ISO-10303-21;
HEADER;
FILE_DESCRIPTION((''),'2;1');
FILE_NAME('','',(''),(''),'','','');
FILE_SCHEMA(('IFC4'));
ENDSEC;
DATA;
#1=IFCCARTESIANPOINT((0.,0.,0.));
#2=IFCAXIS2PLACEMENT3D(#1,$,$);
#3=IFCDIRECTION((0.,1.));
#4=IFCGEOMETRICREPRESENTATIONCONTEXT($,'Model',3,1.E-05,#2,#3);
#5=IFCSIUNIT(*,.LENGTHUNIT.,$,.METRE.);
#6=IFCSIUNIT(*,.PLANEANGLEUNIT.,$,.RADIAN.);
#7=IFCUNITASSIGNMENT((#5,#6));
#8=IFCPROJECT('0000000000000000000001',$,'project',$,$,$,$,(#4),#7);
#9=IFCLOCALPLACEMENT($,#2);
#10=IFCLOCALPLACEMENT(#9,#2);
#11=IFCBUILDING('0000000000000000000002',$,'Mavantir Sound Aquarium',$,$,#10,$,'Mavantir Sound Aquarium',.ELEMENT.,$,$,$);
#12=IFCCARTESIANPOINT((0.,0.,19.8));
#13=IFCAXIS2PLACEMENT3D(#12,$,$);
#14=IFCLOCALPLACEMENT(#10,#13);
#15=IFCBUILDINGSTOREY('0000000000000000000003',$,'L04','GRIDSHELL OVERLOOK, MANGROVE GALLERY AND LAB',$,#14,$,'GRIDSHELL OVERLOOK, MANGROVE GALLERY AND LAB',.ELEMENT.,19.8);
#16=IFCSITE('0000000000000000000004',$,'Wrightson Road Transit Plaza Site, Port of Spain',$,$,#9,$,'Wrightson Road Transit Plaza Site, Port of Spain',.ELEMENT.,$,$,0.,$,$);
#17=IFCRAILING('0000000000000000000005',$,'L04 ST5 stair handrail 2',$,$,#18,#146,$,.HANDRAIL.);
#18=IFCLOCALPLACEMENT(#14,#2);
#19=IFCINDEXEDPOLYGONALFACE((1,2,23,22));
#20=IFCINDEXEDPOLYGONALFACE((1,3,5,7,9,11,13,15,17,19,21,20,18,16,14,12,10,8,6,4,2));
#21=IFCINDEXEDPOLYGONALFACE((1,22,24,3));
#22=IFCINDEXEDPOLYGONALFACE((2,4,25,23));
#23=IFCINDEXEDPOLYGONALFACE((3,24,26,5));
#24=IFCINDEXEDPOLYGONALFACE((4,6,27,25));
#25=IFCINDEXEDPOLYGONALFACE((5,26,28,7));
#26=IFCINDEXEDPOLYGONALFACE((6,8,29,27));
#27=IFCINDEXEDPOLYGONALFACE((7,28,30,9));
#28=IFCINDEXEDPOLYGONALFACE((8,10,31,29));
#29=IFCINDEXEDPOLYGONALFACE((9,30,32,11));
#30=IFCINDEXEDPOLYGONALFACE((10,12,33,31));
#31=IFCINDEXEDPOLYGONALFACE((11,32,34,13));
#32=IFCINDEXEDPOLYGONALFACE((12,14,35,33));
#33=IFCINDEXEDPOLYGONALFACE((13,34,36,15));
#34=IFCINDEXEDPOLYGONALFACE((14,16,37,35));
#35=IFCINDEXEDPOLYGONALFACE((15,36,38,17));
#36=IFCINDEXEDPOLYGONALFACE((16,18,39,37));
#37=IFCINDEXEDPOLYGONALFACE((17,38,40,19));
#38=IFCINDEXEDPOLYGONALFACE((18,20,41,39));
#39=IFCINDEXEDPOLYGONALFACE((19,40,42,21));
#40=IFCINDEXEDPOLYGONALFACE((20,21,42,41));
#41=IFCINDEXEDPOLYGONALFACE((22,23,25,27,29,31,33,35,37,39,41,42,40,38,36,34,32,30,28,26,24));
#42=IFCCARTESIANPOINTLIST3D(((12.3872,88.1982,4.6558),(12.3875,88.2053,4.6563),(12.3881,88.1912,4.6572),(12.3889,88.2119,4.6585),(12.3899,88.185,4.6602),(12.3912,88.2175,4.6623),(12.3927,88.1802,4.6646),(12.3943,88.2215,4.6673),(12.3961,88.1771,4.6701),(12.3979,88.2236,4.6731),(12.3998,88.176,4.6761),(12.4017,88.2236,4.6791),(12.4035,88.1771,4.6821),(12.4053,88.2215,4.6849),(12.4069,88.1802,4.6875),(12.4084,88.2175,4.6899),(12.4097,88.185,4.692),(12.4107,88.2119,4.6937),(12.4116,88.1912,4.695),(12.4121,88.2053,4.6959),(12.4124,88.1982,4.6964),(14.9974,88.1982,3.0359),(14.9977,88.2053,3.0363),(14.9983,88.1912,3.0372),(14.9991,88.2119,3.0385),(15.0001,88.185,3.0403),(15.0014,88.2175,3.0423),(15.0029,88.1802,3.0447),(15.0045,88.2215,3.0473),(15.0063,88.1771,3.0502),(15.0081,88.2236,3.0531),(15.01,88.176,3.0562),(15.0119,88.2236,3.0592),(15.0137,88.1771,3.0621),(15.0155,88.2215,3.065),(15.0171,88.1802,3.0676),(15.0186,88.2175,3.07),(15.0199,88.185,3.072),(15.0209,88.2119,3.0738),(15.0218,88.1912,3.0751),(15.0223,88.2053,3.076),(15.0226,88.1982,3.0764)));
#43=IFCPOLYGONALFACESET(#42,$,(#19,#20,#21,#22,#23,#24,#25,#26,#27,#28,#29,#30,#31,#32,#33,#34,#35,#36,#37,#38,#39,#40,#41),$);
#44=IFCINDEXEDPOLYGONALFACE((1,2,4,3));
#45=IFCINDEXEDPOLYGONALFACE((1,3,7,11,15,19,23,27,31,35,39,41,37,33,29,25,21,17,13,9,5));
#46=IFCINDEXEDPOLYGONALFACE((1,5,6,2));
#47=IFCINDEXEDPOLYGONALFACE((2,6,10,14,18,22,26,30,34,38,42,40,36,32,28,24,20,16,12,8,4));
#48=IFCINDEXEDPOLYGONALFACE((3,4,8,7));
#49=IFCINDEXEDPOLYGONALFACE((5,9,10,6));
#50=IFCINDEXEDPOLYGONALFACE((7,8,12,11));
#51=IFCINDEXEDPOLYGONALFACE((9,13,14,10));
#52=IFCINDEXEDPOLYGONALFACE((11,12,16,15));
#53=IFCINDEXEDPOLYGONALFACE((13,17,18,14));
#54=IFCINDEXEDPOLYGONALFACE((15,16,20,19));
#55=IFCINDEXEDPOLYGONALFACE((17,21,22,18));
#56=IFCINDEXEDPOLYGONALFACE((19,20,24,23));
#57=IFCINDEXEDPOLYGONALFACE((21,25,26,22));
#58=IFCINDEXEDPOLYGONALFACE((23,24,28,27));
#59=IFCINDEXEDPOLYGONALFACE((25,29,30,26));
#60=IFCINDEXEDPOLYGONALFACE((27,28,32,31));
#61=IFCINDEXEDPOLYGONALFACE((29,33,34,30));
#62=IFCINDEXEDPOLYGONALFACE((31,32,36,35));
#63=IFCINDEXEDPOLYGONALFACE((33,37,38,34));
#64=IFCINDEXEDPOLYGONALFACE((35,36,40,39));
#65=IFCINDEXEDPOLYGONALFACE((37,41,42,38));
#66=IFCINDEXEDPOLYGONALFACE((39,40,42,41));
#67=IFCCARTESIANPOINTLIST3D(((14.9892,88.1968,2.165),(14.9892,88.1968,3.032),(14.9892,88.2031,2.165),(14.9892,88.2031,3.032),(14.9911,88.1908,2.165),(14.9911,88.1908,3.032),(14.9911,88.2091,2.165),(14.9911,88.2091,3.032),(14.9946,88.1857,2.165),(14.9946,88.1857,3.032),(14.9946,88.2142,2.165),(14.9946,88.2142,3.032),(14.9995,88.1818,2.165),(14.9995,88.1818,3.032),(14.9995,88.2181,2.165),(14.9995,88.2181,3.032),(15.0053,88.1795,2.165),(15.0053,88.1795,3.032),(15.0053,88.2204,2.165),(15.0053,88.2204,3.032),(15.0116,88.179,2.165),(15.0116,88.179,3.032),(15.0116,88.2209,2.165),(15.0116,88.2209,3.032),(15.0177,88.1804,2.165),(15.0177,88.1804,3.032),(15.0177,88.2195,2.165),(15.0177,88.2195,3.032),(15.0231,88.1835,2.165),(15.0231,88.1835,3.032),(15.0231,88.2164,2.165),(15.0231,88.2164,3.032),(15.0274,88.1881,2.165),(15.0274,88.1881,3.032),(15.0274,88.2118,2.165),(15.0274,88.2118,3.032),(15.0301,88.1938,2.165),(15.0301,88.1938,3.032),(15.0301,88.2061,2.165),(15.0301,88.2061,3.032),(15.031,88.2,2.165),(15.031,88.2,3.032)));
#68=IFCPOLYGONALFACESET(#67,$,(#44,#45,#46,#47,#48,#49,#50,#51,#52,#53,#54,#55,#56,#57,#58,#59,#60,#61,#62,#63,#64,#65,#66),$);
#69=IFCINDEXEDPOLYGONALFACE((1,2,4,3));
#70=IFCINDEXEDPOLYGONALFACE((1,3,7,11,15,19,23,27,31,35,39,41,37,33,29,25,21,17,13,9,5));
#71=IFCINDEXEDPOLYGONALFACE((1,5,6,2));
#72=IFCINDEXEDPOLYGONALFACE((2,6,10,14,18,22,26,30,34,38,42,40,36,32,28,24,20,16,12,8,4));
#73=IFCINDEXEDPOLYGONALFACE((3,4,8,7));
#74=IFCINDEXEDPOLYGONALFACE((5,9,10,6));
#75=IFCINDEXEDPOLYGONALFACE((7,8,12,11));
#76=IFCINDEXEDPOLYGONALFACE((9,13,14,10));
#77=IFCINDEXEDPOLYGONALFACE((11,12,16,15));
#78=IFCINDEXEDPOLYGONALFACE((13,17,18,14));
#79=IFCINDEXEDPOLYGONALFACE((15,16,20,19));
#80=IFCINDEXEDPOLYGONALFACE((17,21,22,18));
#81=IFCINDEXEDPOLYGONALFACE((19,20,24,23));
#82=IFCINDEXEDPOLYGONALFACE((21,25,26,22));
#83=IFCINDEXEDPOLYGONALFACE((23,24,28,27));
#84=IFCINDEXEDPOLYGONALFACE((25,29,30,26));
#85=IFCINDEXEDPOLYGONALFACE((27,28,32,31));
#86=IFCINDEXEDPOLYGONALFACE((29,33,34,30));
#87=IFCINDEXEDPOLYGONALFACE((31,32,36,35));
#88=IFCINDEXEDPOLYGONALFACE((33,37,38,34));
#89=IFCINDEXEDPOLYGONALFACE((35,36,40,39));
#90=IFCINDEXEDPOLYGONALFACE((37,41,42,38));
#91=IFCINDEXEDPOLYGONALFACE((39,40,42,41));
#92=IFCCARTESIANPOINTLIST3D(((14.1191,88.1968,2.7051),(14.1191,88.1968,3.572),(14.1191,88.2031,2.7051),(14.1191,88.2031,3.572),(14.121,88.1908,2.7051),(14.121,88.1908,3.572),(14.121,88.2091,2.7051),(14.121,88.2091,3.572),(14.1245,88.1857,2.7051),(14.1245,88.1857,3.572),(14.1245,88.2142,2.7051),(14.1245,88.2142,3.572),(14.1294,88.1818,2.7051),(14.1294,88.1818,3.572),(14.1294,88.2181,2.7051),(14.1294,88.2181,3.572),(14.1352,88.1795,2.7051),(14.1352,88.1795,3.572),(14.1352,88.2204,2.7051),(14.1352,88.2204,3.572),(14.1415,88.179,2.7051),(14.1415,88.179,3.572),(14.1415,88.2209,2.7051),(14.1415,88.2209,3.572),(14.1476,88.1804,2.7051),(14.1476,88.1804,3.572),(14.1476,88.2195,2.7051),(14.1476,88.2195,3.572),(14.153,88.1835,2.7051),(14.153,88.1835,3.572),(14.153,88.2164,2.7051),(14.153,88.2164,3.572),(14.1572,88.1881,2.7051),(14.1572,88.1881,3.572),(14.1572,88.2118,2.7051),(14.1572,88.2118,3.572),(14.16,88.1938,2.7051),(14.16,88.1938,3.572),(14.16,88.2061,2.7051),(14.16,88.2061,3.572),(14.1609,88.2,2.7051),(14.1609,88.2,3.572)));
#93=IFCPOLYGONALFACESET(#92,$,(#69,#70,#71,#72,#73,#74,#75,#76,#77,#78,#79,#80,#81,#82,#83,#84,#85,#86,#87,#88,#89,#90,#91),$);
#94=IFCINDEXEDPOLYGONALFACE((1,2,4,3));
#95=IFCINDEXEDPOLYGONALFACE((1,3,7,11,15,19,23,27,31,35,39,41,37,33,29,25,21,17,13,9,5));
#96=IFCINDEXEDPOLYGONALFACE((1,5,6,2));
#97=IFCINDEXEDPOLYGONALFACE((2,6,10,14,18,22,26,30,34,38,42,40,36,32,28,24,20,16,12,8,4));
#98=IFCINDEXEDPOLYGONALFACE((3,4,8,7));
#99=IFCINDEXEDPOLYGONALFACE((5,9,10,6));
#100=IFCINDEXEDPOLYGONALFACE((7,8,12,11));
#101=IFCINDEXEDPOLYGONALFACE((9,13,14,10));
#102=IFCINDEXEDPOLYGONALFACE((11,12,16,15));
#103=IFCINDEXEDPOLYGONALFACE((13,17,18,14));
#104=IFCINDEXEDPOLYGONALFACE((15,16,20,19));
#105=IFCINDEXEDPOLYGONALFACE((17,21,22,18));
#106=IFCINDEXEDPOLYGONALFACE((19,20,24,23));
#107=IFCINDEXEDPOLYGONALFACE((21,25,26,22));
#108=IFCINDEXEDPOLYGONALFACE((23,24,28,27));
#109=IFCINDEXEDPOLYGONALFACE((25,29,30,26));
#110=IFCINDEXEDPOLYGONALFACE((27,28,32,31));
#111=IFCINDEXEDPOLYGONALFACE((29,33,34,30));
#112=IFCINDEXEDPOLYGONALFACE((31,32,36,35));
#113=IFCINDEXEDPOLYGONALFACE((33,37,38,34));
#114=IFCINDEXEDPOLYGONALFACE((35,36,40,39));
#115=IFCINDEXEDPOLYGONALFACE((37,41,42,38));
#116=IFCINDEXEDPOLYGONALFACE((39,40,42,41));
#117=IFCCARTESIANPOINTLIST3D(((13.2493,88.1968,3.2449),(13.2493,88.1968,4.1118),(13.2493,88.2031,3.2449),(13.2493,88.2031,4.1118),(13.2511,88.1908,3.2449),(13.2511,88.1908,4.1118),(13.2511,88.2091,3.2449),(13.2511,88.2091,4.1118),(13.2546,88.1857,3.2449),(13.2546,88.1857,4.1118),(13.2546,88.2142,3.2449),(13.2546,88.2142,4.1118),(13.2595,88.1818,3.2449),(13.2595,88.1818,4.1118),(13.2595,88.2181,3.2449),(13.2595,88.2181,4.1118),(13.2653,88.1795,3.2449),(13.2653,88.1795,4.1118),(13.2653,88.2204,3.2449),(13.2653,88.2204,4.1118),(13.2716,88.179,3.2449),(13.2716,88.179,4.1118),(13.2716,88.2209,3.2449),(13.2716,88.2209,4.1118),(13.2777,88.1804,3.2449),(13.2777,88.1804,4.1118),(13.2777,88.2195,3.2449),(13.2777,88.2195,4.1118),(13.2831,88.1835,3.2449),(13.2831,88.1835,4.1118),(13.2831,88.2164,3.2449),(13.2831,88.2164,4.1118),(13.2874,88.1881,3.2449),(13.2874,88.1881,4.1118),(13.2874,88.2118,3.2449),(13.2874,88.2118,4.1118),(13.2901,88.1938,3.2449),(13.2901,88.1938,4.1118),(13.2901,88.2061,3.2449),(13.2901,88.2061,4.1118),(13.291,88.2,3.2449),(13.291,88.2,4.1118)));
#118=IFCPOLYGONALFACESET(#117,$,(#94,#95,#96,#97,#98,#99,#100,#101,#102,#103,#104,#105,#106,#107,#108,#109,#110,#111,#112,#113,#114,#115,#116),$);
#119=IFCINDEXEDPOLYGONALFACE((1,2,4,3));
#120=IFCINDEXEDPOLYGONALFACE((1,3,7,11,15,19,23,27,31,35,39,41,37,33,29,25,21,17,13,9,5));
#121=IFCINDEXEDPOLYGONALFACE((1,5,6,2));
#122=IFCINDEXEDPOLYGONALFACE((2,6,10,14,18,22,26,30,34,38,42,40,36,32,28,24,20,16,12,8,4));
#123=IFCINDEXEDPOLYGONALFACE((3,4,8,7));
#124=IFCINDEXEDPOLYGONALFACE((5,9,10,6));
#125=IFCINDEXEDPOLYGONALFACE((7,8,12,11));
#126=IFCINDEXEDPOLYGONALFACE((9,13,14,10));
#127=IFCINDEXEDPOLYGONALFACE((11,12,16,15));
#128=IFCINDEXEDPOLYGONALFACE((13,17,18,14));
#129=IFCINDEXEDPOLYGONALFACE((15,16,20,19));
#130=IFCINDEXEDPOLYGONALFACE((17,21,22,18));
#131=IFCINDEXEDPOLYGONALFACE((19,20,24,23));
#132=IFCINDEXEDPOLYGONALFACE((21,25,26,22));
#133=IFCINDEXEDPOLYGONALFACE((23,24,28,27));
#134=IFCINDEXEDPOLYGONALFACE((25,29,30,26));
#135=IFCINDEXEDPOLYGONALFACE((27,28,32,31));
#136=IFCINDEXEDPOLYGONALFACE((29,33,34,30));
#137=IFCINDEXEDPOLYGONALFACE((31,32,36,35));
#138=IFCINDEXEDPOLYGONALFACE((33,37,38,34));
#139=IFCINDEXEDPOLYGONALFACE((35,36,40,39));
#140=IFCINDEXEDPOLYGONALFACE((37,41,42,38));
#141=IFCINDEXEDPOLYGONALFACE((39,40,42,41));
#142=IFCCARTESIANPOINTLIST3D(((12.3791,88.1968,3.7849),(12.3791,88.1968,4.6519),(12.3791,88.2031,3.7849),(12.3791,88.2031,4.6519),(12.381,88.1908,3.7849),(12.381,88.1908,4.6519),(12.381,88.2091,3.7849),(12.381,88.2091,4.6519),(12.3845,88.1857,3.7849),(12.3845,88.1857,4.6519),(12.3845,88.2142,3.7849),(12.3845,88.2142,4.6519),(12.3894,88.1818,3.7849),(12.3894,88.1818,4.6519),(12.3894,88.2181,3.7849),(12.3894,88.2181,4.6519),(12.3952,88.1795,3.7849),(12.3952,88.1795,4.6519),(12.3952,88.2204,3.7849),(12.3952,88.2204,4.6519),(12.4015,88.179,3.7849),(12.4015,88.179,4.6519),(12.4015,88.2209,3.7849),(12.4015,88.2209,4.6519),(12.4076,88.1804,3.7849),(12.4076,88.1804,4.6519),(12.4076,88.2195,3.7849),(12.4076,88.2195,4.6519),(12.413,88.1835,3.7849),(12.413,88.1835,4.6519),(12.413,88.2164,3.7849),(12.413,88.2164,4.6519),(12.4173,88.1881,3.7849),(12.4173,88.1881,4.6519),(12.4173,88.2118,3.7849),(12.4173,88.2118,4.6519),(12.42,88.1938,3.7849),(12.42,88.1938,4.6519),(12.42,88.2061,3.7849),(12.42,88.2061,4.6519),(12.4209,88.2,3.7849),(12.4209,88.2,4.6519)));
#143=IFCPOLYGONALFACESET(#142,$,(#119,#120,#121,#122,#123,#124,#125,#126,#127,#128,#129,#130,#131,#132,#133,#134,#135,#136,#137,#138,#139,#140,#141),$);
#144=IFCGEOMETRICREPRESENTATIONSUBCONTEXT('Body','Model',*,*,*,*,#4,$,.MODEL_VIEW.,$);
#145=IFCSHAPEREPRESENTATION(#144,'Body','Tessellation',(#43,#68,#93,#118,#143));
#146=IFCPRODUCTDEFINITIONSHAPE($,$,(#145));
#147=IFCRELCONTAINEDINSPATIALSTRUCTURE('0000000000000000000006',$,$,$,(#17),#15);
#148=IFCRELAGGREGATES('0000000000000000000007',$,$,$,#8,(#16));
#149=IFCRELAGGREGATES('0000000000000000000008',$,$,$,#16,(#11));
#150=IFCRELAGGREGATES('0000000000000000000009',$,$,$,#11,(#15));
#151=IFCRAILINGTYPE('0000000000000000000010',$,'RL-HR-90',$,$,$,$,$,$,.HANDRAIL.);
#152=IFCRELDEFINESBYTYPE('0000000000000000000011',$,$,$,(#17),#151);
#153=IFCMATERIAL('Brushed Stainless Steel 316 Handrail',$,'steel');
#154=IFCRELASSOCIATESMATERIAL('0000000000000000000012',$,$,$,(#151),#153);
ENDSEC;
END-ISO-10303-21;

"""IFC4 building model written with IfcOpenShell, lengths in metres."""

from ifc_helpers import new_model, si_unit, direction, frame, origin, origin_2d, place, context, subcontext, project, spatial, circle, extrude, material, type_object, element, save


model = new_model("IFC4")

# Units and contexts
model_context = context("Model", 3, precision=1e-05, world=origin(), true_north=direction((0.0, 1.0)))
body_context = subcontext(model_context, "Body", "Model", "MODEL_VIEW")
ifc_project = project(units=[si_unit("LENGTHUNIT", "METRE"), si_unit("PLANEANGLEUNIT", "RADIAN")], contexts=[model_context])

# Site, building, storey
site_placement = place(None, origin())
site = spatial("IfcSite", under=ifc_project, at=site_placement, Name="Wrightson Road Transit Plaza Site, Port of Spain", LongName="Wrightson Road Transit Plaza Site, Port of Spain", CompositionType="ELEMENT", RefElevation=0.0)
building_placement = place(site_placement, origin())
building = spatial("IfcBuilding", under=site, at=building_placement, Name="Mavantir Sound Aquarium", LongName="Mavantir Sound Aquarium", CompositionType="ELEMENT")
storey_placement = place(building_placement, frame((0.0, 0.0, 19.8)))
storey = spatial("IfcBuildingStorey", under=building, at=storey_placement, Name="L04", Description="GRIDSHELL OVERLOOK, MANGROVE GALLERY AND LAB", LongName="GRIDSHELL OVERLOOK, MANGROVE GALLERY AND LAB", CompositionType="ELEMENT", Elevation=19.8)

# Railing
ifc_material_1 = material(Name="Brushed Stainless Steel 316 Handrail", Category="steel")
railing_type_1 = type_object("IfcRailingType", Name="RL-HR-90", PredefinedType="HANDRAIL", material=ifc_material_1)
railing_1_placement = place(storey_placement, frame((15.01, 88.2, 2.165)))
element("IfcRailing", 1, at=railing_1_placement, inside=storey, type_object=railing_type_1, Name="L04 ST5 stair handrail 2", PredefinedType="HANDRAIL", context=body_context, shape_type="SweptSolid", body=[
    extrude(circle(Radius=0.0239, at=origin_2d()), frame((0.0, 0.0, 0.8911), z_axis=(-0.849668, 0.0, 0.527317), x_axis=(0.0, -1.0, 0.0)), (0.0, 0.0, 1.0), 3.072),
    extrude(circle(Radius=0.021, at=origin_2d()), origin(), (0.0, 0.0, 1.0), 0.8669),
    extrude(circle(Radius=0.021, at=origin_2d()), frame((-0.8701, 0.0, 0.54)), (0.0, 0.0, 1.0), 0.8669),
    extrude(circle(Radius=0.021, at=origin_2d()), frame((-1.74, 0.0, 1.0798)), (0.0, 0.0, 1.0), 0.8669),
    extrude(circle(Radius=0.021, at=origin_2d()), frame((-2.6101, 0.0, 1.6199)), (0.0, 0.0, 1.0), 0.8669),
])

save(model, "model.ifc")
